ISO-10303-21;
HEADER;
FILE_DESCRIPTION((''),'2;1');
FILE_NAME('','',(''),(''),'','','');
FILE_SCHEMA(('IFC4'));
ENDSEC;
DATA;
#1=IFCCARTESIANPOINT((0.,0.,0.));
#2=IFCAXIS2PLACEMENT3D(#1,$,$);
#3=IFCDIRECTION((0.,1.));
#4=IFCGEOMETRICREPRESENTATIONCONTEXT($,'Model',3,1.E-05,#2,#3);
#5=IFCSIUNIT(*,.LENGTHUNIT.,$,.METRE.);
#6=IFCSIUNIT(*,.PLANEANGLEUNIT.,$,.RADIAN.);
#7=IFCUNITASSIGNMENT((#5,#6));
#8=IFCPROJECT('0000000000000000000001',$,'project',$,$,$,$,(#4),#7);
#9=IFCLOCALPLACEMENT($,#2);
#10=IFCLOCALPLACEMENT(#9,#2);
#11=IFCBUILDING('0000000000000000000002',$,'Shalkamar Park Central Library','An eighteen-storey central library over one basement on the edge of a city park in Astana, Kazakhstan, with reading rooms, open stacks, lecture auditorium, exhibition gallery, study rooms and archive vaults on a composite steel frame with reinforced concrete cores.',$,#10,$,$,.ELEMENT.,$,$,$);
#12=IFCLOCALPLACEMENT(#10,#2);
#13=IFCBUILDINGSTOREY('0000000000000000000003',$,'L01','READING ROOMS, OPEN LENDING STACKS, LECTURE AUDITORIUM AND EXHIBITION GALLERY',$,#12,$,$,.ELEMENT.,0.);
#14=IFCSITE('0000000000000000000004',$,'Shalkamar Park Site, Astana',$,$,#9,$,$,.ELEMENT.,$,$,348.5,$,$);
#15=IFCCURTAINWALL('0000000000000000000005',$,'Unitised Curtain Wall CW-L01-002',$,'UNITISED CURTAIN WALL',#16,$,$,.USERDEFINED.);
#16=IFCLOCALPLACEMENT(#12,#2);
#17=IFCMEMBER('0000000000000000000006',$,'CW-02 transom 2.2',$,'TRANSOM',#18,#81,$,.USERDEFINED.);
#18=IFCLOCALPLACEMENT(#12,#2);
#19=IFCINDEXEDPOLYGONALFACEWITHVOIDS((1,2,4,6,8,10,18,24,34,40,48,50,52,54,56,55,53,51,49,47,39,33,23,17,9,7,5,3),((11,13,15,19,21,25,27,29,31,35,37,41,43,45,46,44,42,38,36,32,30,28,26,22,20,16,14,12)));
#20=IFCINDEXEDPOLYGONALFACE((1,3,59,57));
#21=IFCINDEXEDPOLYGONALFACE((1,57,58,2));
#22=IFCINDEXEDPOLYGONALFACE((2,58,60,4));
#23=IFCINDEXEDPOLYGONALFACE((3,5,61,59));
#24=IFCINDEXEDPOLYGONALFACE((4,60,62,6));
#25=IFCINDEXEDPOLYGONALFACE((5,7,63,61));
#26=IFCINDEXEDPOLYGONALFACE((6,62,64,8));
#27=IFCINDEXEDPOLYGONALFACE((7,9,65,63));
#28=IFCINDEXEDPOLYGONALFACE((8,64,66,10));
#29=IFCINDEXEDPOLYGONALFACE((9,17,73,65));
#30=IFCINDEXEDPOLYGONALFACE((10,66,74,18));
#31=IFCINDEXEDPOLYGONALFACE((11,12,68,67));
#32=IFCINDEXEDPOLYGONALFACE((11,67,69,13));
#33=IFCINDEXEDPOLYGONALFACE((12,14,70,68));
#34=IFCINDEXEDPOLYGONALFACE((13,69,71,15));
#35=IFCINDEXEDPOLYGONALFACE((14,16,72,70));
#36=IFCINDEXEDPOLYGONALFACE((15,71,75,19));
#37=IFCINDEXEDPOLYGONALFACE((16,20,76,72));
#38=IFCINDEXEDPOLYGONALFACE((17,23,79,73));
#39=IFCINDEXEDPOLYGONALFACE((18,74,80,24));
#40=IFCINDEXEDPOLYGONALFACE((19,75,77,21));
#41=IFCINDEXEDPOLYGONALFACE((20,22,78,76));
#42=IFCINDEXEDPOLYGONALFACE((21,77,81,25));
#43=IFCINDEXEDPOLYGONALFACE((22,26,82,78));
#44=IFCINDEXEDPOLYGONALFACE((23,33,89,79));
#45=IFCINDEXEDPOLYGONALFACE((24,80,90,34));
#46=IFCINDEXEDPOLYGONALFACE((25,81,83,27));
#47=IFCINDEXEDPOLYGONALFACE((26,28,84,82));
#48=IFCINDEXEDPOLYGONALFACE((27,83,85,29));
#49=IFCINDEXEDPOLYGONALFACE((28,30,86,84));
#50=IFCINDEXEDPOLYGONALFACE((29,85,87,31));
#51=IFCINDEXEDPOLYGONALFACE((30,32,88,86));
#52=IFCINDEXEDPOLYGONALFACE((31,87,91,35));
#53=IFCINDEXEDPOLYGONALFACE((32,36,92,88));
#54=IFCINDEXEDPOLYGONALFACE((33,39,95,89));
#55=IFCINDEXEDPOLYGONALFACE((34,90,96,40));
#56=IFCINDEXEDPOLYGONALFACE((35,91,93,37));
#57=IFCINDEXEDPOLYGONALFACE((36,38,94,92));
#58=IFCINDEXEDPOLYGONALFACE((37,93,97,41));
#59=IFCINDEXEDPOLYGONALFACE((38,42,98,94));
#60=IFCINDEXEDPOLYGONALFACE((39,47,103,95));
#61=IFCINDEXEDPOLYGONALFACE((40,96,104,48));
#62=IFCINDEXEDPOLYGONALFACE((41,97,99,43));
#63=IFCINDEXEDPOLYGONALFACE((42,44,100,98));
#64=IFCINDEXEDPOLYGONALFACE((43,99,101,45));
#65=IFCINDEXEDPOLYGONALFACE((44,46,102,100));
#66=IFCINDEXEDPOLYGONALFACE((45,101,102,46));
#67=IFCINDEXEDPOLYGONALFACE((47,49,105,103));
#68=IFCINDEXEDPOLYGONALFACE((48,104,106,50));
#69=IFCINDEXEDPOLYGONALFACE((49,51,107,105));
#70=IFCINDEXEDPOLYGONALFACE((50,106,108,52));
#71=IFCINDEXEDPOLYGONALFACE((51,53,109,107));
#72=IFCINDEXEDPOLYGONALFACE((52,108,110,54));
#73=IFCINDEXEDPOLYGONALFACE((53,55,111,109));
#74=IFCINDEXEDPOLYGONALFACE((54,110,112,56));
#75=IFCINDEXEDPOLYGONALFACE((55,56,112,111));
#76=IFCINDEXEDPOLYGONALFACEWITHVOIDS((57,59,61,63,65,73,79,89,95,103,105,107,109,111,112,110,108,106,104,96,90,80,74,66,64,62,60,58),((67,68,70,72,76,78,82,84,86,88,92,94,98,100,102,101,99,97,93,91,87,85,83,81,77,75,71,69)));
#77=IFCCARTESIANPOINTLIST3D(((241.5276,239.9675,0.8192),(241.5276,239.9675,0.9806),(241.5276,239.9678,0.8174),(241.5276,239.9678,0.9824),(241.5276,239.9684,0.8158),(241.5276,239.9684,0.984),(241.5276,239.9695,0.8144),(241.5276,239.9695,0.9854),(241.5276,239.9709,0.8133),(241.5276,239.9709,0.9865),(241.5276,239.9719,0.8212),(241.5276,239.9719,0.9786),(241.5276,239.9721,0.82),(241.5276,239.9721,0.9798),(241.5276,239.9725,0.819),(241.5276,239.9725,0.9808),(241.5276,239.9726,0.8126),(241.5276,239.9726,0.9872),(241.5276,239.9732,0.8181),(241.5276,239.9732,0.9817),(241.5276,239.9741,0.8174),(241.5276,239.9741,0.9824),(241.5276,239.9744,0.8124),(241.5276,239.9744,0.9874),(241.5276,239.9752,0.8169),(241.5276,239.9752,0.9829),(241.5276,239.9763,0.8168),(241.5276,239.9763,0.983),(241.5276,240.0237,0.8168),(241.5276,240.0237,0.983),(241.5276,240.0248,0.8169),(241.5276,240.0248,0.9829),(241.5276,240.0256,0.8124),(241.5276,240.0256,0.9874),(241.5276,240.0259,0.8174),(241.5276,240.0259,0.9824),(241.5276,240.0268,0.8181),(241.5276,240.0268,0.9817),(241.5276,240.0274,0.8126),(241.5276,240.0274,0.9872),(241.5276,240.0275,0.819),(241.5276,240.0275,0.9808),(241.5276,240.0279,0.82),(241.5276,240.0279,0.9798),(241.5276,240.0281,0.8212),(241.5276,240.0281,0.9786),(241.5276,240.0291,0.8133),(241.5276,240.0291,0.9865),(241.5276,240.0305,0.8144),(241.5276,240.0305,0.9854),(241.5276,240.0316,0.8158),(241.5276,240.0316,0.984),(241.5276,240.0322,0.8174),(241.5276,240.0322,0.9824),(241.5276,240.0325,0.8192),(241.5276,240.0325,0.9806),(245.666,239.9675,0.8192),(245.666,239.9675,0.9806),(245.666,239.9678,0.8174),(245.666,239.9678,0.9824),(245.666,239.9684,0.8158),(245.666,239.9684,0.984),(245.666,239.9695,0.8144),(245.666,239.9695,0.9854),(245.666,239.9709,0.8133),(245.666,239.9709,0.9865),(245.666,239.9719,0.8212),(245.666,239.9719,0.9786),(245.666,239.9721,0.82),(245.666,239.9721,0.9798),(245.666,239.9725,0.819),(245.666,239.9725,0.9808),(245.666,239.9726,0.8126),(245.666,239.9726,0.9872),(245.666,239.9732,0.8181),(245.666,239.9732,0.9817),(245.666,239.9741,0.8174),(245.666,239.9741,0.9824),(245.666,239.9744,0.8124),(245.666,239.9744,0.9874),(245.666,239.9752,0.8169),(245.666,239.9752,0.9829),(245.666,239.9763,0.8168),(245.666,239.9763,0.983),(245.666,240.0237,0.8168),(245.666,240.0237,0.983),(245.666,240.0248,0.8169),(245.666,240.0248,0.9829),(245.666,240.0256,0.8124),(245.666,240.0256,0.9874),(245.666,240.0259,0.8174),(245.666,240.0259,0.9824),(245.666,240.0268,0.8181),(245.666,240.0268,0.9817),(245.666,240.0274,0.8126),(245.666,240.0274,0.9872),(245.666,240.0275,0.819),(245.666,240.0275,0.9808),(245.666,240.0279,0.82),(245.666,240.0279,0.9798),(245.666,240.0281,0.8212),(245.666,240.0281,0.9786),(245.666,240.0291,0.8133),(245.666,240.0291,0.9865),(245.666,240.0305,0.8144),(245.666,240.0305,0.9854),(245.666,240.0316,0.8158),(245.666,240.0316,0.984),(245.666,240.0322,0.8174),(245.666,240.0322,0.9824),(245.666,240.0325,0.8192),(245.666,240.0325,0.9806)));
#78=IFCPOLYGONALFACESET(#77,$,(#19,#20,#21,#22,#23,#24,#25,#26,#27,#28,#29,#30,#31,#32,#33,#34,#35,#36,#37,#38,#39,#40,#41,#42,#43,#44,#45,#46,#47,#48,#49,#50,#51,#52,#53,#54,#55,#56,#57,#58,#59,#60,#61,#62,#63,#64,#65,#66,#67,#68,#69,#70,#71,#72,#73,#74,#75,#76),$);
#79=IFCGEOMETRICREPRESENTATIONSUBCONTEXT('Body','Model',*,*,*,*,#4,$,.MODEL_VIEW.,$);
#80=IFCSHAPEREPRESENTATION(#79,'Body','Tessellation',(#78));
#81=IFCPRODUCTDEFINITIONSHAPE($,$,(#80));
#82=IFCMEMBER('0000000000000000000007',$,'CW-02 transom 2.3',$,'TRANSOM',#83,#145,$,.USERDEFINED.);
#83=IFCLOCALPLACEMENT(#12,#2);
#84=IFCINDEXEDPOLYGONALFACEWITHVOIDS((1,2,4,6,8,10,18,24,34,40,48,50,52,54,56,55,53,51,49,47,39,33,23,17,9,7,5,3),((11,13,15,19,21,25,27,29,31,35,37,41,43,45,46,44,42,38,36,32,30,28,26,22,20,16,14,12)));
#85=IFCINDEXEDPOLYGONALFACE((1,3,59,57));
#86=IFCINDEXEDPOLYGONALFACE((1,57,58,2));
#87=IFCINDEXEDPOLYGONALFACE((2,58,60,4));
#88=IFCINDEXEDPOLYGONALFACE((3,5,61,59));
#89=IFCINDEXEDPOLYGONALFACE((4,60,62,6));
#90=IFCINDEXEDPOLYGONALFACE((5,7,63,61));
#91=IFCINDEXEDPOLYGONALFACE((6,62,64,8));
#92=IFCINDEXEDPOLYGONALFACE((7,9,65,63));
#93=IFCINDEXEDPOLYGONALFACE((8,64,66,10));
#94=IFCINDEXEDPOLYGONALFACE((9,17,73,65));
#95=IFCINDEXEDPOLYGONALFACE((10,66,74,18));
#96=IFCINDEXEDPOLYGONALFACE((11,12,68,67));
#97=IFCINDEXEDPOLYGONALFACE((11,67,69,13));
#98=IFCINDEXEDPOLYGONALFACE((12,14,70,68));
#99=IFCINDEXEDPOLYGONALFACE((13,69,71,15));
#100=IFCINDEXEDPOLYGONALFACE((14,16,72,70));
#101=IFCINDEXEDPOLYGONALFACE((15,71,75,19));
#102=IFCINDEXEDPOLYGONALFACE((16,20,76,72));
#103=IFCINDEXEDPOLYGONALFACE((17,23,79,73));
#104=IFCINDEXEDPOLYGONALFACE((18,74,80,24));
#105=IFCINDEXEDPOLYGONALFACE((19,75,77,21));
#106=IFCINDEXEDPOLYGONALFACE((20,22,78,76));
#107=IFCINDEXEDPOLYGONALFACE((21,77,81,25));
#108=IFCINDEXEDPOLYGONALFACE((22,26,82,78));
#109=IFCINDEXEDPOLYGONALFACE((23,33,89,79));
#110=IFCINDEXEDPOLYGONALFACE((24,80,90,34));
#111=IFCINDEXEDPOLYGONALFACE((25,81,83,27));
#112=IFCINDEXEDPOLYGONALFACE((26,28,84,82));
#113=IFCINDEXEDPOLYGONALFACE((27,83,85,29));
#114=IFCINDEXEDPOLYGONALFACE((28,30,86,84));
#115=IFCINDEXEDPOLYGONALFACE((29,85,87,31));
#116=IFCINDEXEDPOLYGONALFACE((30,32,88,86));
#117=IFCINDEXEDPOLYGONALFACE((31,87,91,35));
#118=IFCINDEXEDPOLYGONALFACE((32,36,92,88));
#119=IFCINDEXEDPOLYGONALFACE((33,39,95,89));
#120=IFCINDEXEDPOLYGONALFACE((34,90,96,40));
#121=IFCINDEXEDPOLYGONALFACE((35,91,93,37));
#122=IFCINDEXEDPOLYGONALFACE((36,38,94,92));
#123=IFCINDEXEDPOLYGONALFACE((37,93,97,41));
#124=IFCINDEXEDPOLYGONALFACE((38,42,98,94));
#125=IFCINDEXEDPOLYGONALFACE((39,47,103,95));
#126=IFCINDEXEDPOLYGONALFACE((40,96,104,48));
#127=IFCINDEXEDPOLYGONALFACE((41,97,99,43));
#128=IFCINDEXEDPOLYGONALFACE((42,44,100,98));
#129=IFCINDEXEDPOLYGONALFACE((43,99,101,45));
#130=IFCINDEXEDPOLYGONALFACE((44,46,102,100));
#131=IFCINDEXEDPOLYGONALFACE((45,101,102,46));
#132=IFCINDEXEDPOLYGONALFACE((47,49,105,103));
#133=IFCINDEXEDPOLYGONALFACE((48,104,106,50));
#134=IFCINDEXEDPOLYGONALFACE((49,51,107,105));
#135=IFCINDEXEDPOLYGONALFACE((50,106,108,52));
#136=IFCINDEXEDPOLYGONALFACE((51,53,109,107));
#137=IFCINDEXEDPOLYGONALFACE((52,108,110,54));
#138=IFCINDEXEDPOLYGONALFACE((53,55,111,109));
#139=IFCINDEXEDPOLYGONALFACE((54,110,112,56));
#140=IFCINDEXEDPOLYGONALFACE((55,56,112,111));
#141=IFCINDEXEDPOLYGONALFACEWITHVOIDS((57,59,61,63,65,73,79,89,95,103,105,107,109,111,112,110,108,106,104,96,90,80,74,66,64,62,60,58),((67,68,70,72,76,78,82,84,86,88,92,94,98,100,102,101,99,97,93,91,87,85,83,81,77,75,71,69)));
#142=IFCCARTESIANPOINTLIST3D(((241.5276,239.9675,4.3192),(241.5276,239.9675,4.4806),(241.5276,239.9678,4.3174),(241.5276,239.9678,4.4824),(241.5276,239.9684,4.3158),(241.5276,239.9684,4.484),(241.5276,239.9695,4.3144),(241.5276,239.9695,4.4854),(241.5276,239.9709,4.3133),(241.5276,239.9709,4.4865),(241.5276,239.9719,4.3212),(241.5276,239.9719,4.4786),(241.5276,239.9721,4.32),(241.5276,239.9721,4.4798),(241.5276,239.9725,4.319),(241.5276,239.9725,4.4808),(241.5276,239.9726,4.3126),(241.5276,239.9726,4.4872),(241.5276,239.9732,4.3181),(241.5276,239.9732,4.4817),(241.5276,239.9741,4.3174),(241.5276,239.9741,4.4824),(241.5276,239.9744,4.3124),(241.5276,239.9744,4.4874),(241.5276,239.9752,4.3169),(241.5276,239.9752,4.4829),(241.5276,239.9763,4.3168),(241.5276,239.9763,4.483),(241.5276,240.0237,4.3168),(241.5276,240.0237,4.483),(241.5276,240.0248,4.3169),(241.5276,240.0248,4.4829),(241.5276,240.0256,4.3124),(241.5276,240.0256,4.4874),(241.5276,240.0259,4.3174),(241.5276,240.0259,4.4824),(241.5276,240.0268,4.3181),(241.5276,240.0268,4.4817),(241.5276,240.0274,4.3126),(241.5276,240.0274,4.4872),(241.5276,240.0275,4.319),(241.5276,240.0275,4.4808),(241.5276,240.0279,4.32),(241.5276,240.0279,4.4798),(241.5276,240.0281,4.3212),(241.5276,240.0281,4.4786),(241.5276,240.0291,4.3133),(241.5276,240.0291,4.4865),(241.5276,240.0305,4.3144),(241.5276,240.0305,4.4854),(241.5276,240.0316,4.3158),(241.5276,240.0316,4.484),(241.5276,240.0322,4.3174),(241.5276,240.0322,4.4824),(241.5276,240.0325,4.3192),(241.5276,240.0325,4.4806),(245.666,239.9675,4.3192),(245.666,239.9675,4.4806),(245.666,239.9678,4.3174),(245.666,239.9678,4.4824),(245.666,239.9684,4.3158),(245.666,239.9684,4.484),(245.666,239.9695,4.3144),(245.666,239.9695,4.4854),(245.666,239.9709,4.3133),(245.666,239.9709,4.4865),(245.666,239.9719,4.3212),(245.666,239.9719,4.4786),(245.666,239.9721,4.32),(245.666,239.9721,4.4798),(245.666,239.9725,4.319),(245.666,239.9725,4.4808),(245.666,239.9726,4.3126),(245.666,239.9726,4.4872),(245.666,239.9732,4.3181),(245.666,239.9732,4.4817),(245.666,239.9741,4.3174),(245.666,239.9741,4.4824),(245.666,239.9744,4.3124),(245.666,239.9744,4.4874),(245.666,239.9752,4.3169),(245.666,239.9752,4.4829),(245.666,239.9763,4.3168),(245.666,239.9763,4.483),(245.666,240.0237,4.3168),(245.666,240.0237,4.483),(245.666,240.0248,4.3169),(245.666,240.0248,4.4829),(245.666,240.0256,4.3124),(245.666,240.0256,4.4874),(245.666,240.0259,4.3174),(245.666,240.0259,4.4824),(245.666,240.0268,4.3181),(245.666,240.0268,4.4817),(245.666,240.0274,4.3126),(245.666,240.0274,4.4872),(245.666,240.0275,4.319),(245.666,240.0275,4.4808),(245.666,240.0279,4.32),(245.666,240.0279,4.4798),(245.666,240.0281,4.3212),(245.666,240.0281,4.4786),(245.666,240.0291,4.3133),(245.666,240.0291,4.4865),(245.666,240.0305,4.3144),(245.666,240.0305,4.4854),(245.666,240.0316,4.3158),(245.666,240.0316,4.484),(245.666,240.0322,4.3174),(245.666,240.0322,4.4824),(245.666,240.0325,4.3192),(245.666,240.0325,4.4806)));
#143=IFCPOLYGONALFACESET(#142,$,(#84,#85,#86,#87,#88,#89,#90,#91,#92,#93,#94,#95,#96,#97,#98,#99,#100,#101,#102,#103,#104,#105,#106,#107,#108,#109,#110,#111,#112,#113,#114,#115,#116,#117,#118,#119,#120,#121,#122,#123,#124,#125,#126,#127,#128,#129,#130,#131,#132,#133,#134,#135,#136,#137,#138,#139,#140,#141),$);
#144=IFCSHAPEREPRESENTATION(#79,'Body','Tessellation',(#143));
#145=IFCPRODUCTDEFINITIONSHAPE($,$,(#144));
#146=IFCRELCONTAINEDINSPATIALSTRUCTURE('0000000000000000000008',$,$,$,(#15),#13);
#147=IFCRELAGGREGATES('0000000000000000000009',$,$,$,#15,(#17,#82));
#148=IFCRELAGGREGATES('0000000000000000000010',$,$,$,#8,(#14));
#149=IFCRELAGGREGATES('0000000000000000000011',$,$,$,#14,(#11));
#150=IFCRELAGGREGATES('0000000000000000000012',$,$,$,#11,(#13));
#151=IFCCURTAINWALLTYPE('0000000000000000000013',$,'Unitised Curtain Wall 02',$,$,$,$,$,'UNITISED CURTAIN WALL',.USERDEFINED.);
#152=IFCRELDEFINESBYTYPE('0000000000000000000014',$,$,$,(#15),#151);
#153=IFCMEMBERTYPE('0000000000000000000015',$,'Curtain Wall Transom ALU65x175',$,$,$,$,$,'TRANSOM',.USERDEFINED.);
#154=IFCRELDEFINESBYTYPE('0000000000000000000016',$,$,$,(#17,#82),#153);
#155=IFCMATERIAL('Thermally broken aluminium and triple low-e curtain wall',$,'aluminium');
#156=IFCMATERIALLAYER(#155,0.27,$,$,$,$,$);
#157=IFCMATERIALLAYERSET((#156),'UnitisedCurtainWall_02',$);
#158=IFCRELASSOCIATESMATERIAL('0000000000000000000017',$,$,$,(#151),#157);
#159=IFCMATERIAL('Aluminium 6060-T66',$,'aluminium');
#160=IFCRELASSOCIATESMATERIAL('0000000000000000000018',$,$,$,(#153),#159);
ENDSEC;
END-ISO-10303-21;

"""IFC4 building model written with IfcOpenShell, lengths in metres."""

from ifc_helpers import new_model, si_unit, direction, frame, origin, origin_2d, place, context, subcontext, project, spatial, hollow_rectangle, extrude, material, layer, layer_set, material_profile, profile_set, type_object, element, aggregate, save


model = new_model("IFC4")

# Units and contexts
model_context = context("Model", 3, precision=1e-05, world=origin(), true_north=direction((0.0, 1.0)))
body_context = subcontext(model_context, "Body", "Model", "MODEL_VIEW")
ifc_project = project(units=[si_unit("LENGTHUNIT", "METRE"), si_unit("PLANEANGLEUNIT", "RADIAN")], contexts=[model_context])

# Site, building, storey
site_placement = place(None, origin())
site = spatial("IfcSite", under=ifc_project, at=site_placement, Name="Shalkamar Park Site, Astana", CompositionType="ELEMENT", RefElevation=348.5)
building_placement = place(site_placement, origin())
building = spatial("IfcBuilding", under=site, at=building_placement, Name="Shalkamar Park Central Library", Description="An eighteen-storey central library over one basement on the edge of a city park in Astana, Kazakhstan, with reading rooms, open stacks, lecture auditorium, exhibition gallery, study rooms and archive vaults on a composite steel frame with reinforced concrete cores.", CompositionType="ELEMENT")
storey_placement = place(building_placement, origin())
storey = spatial("IfcBuildingStorey", under=building, at=storey_placement, Name="L01", Description="READING ROOMS, OPEN LENDING STACKS, LECTURE AUDITORIUM AND EXHIBITION GALLERY", CompositionType="ELEMENT", Elevation=0.0)

# Curtain wall
ifc_material_1 = material(Name="Thermally broken aluminium and triple low-e curtain wall", Category="aluminium")
ifc_layer_1 = layer(ifc_material_1, 0.27)
ifc_layer_set_1 = layer_set([ifc_layer_1], Name="UnitisedCurtainWall_02")
curtain_wall_type_1 = type_object("IfcCurtainWallType", Name="Unitised Curtain Wall 02", ElementType="UNITISED CURTAIN WALL", PredefinedType="USERDEFINED", material=ifc_layer_set_1)
curtain_wall_1_placement = place(storey_placement, origin())
curtain_wall_1 = element("IfcCurtainWall", 1, at=curtain_wall_1_placement, inside=storey, type_object=curtain_wall_type_1, Name="Unitised Curtain Wall CW-L01-002", ObjectType="UNITISED CURTAIN WALL", PredefinedType="USERDEFINED")
ifc_material_2 = material(Name="Aluminium 6060-T66", Category="aluminium")

# Members
ifc_material_profile_1 = material_profile(ifc_material_2, hollow_rectangle(XDim=0.0649, YDim=0.175, WallThickness=0.0044, InnerFilletRadius=0.0044, OuterFilletRadius=0.0068, at=origin_2d()), Name="ALU 65x175x4.5")
ifc_profile_set_1 = profile_set([ifc_material_profile_1], Name="Aluminium 6060-T66")
member_type_1 = type_object("IfcMemberType", Name="Curtain Wall Transom ALU65x175", ElementType="TRANSOM", PredefinedType="USERDEFINED", material=ifc_profile_set_1)
member_1_placement = place(storey_placement, frame((241.5276, 240.0, 0.8999), z_axis=(1.0, 0.0, 0.0), x_axis=(0.0, 1.0, 0.0)))
member_1 = element("IfcMember", 2, at=member_1_placement, type_object=member_type_1, Name="CW-02 transom 2.2", ObjectType="TRANSOM", PredefinedType="USERDEFINED", context=body_context, shape_type="SweptSolid", body=[
    extrude(hollow_rectangle(XDim=0.0649, YDim=0.175, WallThickness=0.0044, InnerFilletRadius=0.0044, OuterFilletRadius=0.0068, at=origin_2d()), origin(), (0.0, 0.0, 1.0), 4.1384),
])
member_2_placement = place(storey_placement, frame((241.5276, 240.0, 4.3999), z_axis=(1.0, 0.0, 0.0), x_axis=(0.0, 1.0, 0.0)))
member_2 = element("IfcMember", 3, at=member_2_placement, type_object=member_type_1, Name="CW-02 transom 2.3", ObjectType="TRANSOM", PredefinedType="USERDEFINED", context=body_context, shape_type="SweptSolid", body=[
    extrude(hollow_rectangle(XDim=0.0649, YDim=0.175, WallThickness=0.0044, InnerFilletRadius=0.0044, OuterFilletRadius=0.0068, at=origin_2d()), origin(), (0.0, 0.0, 1.0), 4.1384),
])

aggregate(curtain_wall_1, [member_1, member_2])

save(model, "model.ifc")
